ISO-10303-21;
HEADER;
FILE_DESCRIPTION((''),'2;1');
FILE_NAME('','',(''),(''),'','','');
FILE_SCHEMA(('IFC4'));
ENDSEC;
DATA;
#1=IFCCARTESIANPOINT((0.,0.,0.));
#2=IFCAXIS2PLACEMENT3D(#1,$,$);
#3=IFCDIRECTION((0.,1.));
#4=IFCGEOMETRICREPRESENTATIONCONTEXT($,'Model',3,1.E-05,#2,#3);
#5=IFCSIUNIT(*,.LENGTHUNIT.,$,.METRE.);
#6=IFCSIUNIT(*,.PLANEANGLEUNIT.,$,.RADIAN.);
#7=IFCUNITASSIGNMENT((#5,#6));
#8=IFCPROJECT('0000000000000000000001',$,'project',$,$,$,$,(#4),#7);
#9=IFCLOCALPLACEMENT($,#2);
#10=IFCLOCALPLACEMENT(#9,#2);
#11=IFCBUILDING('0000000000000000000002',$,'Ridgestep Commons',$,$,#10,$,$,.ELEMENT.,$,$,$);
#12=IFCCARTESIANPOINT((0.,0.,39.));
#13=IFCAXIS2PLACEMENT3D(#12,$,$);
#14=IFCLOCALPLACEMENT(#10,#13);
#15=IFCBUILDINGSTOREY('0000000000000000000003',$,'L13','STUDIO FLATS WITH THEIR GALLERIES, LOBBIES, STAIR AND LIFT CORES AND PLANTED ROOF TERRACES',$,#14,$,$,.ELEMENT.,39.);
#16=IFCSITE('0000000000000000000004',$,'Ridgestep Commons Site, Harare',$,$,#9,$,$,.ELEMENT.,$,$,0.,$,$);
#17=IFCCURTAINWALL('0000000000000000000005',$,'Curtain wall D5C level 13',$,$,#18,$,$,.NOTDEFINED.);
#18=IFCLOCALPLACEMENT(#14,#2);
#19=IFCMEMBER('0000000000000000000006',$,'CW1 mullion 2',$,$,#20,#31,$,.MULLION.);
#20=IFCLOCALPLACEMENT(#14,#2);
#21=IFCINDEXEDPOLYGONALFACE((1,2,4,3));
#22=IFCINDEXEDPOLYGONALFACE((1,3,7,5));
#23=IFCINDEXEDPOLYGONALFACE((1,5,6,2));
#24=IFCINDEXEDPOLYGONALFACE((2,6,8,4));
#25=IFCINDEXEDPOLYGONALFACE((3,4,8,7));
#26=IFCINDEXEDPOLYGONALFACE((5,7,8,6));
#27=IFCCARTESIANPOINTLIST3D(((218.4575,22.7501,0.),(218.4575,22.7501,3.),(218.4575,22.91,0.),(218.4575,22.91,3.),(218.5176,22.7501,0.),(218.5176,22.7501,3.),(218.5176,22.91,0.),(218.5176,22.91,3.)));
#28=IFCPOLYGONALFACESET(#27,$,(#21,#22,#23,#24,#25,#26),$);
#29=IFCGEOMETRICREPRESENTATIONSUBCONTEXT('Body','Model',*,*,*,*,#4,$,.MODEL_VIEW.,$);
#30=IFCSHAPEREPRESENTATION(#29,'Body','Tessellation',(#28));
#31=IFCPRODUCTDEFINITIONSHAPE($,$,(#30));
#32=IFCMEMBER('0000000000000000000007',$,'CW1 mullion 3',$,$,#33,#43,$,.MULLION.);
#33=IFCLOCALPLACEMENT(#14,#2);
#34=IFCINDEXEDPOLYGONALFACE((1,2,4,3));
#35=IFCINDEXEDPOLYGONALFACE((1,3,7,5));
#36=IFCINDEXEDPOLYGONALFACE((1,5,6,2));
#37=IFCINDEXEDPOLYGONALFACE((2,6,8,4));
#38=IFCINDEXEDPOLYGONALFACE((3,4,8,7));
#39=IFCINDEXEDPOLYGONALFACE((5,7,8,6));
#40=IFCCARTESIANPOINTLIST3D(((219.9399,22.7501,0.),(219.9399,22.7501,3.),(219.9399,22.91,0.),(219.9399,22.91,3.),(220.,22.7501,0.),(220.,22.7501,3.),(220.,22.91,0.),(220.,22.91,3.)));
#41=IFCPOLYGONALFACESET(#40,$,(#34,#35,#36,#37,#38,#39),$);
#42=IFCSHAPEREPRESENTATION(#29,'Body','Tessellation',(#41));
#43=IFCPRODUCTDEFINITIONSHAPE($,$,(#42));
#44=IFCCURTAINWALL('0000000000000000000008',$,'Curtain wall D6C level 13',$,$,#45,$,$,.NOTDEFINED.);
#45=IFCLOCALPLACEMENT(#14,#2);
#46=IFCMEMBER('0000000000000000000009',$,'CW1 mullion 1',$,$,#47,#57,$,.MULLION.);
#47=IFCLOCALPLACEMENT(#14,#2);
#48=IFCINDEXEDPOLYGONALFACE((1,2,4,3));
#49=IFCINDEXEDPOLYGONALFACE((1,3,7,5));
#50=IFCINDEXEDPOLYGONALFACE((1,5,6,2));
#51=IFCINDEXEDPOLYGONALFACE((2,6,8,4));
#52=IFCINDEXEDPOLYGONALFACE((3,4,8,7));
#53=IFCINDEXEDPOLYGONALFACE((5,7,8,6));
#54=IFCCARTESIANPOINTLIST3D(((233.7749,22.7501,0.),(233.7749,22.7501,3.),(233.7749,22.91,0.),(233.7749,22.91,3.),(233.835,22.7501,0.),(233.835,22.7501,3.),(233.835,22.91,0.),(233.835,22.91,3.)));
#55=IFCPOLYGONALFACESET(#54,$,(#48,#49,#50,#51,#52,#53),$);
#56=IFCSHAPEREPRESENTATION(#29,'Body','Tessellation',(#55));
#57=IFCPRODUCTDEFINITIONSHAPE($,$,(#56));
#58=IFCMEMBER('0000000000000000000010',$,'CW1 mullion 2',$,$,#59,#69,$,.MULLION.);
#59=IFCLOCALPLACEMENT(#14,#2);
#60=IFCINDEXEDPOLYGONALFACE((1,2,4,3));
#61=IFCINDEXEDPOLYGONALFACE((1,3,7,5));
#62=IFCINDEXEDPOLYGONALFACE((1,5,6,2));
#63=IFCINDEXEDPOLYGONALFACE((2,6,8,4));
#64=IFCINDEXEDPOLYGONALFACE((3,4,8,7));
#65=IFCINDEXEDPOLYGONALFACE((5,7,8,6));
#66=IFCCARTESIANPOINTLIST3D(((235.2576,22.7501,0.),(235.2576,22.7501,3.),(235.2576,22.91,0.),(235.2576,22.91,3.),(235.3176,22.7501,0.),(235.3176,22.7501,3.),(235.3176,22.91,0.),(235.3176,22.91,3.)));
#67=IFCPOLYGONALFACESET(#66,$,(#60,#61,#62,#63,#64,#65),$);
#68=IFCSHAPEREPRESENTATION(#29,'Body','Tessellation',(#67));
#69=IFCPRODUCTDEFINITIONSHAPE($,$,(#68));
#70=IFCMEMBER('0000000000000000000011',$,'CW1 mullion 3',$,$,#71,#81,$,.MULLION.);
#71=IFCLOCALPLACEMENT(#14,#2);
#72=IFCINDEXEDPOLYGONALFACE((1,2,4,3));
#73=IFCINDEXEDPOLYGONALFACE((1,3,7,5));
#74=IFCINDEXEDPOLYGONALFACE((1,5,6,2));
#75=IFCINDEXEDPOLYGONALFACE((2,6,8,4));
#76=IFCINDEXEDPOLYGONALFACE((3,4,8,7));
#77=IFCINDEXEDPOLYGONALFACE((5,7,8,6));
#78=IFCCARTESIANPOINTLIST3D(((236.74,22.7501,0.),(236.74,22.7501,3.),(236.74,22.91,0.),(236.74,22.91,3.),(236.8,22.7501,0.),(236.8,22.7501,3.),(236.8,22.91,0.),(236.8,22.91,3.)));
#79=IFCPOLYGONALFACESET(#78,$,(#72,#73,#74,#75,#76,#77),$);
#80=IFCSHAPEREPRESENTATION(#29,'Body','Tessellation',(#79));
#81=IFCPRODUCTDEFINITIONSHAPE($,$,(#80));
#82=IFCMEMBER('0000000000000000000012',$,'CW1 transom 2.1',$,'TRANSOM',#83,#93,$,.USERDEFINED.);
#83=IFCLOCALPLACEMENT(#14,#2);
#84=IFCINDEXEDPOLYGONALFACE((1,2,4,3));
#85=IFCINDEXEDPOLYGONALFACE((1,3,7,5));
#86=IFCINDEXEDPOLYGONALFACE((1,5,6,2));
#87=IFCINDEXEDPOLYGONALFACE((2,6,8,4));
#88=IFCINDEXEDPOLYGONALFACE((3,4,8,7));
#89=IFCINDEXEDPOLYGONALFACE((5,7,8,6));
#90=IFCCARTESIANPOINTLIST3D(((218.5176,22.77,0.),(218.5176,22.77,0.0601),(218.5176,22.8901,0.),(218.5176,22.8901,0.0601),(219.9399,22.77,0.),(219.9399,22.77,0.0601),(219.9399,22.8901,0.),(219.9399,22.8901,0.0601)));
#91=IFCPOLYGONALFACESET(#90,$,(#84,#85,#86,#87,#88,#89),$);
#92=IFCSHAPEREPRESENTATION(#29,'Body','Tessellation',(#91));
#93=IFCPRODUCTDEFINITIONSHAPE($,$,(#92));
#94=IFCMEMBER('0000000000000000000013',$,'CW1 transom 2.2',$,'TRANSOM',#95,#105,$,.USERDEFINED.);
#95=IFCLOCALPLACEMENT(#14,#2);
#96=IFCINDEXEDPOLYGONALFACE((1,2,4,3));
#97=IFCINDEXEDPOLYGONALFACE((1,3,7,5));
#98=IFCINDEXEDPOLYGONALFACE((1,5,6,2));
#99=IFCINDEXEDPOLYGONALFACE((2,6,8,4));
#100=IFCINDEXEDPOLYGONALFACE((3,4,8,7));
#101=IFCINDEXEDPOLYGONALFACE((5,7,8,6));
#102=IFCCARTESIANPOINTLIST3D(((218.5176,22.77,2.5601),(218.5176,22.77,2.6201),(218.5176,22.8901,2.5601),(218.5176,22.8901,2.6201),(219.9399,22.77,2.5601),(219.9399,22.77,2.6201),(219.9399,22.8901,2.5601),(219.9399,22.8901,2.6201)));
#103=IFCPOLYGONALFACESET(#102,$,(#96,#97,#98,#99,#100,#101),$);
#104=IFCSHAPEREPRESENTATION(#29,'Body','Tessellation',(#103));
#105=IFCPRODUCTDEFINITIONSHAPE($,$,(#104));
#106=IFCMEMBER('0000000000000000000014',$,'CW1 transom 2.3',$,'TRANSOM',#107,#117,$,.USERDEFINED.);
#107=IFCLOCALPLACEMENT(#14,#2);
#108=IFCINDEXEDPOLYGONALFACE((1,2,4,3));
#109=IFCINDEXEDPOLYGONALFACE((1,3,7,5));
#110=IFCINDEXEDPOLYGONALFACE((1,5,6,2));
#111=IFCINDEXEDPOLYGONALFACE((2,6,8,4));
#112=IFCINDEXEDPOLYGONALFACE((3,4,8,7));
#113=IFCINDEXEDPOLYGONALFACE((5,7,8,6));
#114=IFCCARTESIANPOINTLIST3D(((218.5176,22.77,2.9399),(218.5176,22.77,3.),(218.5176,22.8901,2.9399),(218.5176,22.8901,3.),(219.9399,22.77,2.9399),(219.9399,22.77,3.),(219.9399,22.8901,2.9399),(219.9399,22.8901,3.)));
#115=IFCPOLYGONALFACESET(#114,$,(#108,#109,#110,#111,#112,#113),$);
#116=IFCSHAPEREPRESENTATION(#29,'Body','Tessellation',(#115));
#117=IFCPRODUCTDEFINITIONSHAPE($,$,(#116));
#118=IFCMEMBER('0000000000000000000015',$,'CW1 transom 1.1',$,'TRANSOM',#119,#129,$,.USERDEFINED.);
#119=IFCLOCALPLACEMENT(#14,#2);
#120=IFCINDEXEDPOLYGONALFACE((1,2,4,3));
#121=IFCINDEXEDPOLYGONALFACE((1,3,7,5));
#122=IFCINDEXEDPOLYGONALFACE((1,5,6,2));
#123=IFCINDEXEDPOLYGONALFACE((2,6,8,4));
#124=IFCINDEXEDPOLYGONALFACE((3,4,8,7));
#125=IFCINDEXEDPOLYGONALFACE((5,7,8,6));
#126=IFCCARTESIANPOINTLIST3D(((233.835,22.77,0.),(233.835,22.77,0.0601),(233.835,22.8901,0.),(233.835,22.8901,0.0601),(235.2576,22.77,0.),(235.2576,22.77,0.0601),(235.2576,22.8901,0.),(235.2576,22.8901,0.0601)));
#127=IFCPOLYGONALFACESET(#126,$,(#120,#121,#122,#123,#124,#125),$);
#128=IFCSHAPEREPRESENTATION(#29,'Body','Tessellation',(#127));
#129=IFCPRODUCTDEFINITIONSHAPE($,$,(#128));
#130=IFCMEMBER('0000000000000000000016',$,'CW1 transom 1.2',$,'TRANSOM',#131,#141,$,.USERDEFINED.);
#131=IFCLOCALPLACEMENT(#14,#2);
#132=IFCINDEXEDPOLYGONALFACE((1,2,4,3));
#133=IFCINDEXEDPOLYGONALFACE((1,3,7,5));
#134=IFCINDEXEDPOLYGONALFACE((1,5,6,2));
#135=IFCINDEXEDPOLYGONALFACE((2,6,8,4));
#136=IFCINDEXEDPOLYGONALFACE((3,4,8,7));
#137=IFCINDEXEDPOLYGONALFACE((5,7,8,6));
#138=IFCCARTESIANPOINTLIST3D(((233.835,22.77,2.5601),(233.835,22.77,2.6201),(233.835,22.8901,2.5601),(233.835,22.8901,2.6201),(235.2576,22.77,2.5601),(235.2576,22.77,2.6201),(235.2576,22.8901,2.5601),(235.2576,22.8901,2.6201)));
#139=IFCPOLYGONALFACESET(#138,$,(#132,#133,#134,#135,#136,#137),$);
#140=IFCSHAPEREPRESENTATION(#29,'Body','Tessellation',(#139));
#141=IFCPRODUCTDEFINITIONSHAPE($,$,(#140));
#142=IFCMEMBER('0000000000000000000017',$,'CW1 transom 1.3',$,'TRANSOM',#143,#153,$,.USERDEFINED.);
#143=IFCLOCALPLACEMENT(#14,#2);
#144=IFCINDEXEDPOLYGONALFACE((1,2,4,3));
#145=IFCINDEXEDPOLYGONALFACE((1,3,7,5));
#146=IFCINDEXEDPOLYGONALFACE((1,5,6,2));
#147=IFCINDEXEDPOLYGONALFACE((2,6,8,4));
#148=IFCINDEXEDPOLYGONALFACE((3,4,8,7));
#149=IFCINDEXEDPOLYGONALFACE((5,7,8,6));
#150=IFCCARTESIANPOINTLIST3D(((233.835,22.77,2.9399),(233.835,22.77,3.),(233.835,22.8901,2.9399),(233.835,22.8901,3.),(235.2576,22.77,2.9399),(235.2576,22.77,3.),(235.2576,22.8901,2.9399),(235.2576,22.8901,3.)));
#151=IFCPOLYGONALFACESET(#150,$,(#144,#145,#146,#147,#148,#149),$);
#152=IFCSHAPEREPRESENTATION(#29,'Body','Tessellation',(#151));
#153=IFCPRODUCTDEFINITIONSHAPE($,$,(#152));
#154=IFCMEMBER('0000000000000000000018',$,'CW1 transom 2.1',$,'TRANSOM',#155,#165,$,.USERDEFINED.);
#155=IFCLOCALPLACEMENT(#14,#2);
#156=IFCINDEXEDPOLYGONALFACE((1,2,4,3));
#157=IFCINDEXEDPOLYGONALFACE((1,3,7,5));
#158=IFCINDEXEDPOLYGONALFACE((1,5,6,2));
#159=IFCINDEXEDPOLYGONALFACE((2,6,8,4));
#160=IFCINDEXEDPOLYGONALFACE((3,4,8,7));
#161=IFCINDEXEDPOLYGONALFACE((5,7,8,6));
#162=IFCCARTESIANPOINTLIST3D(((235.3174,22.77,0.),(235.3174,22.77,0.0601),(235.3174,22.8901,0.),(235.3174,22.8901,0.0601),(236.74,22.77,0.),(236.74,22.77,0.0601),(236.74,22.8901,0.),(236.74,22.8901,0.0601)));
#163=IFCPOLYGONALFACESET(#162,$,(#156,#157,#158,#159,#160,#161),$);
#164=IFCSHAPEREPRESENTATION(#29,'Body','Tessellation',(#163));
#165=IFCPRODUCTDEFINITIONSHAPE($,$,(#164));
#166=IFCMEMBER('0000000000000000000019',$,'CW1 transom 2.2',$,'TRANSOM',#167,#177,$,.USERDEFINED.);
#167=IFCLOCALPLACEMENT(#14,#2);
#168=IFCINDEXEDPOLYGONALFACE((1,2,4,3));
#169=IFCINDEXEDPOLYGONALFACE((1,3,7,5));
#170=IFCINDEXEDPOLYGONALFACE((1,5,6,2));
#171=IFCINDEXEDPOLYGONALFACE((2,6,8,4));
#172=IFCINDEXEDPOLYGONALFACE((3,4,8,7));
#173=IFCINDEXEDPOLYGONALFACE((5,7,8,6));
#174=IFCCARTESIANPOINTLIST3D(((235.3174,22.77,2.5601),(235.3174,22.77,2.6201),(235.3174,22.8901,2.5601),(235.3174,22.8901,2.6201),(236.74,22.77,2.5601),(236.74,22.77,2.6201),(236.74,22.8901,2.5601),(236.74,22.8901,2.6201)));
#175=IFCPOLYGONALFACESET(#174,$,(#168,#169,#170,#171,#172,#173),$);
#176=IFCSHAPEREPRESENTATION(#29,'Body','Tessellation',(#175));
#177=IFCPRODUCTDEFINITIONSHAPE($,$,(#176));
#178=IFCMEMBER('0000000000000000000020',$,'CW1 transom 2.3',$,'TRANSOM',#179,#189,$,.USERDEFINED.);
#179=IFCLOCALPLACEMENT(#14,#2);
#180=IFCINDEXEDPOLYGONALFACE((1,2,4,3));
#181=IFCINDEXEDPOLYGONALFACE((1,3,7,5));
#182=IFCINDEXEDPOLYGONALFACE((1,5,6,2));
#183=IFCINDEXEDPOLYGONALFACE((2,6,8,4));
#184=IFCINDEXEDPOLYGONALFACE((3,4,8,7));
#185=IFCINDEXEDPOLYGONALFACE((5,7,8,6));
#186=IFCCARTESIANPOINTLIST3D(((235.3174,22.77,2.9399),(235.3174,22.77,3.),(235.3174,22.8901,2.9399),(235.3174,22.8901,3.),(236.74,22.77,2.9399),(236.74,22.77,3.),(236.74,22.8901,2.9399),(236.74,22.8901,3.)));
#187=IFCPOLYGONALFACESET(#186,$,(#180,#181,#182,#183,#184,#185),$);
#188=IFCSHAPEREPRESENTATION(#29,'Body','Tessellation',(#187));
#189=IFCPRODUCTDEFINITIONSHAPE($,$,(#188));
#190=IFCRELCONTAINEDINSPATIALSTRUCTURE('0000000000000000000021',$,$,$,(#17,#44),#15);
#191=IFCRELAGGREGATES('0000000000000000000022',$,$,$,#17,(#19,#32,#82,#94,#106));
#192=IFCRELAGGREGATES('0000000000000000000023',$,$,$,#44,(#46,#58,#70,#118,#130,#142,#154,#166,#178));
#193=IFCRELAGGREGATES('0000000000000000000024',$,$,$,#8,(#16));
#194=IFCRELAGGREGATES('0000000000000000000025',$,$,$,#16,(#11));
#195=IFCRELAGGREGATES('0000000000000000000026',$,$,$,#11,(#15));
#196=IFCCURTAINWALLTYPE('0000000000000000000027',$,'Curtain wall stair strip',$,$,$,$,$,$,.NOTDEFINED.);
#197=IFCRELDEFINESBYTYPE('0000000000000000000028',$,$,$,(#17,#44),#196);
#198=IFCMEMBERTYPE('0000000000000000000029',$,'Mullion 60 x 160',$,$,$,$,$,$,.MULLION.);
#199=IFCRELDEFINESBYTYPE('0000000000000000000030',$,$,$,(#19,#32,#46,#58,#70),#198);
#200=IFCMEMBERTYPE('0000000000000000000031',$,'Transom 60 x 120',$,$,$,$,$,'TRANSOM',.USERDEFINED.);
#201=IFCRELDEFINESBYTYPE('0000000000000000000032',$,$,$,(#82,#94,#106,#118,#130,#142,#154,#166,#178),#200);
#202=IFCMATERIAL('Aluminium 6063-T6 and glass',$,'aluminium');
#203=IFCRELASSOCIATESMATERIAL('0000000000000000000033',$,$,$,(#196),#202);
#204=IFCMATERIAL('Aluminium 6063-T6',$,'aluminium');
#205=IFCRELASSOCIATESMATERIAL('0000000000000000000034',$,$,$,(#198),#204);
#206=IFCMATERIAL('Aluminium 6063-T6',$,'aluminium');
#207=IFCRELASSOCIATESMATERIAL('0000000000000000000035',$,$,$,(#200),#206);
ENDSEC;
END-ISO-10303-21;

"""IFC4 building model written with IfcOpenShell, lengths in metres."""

from ifc_helpers import new_model, si_unit, direction, frame, origin, origin_2d, place, context, subcontext, project, spatial, rectangle, extrude, material, material_profile, profile_set, type_object, element, aggregate, save


model = new_model("IFC4")

# Units and contexts
model_context = context("Model", 3, precision=1e-05, world=origin(), true_north=direction((0.0, 1.0)))
body_context = subcontext(model_context, "Body", "Model", "MODEL_VIEW")
ifc_project = project(units=[si_unit("LENGTHUNIT", "METRE"), si_unit("PLANEANGLEUNIT", "RADIAN")], contexts=[model_context])

# Site, building, storey
site_placement = place(None, origin())
site = spatial("IfcSite", under=ifc_project, at=site_placement, Name="Ridgestep Commons Site, Harare", CompositionType="ELEMENT", RefElevation=0.0)
building_placement = place(site_placement, origin())
building = spatial("IfcBuilding", under=site, at=building_placement, Name="Ridgestep Commons", CompositionType="ELEMENT")
storey_placement = place(building_placement, frame((0.0, 0.0, 39.0)))
storey = spatial("IfcBuildingStorey", under=building, at=storey_placement, Name="L13", Description="STUDIO FLATS WITH THEIR GALLERIES, LOBBIES, STAIR AND LIFT CORES AND PLANTED ROOF TERRACES", CompositionType="ELEMENT", Elevation=39.0)

# Curtain walls, members
ifc_material_1 = material(Name="Aluminium 6063-T6 and glass", Category="aluminium")
curtain_wall_type = type_object("IfcCurtainWallType", Name="Curtain wall stair strip", PredefinedType="NOTDEFINED", material=ifc_material_1)
curtain_wall_1_placement = place(storey_placement, origin())
curtain_wall_1 = element("IfcCurtainWall", 1, at=curtain_wall_1_placement, inside=storey, type_object=curtain_wall_type, Name="Curtain wall D5C level 13", PredefinedType="NOTDEFINED")
ifc_material_2 = material(Name="Aluminium 6063-T6", Category="aluminium")
ifc_material_profile_1 = material_profile(ifc_material_2, rectangle(XDim=0.1599, YDim=0.0601, at=origin_2d()), Name="Mullion 60 x 160")
ifc_profile_set_1 = profile_set([ifc_material_profile_1], Name="Aluminium 6063-T6")
member_type_1 = type_object("IfcMemberType", Name="Mullion 60 x 160", PredefinedType="MULLION", material=ifc_profile_set_1)
member_1_placement = place(storey_placement, frame((218.4875, 22.8301, 0.0), z_axis=(0.0, 0.0, 1.0), x_axis=(0.0, 1.0, 0.0)))
member_1 = element("IfcMember", 2, at=member_1_placement, type_object=member_type_1, Name="CW1 mullion 2", PredefinedType="MULLION", context=body_context, shape_type="SweptSolid", body=[
    extrude(rectangle(XDim=0.1599, YDim=0.0601, at=origin_2d()), origin(), (0.0, 0.0, 1.0), 3.0),
])
member_2_placement = place(storey_placement, frame((219.97, 22.8301, 0.0), z_axis=(0.0, 0.0, 1.0), x_axis=(0.0, 1.0, 0.0)))
member_2 = element("IfcMember", 3, at=member_2_placement, type_object=member_type_1, Name="CW1 mullion 3", PredefinedType="MULLION", context=body_context, shape_type="SweptSolid", body=[
    extrude(rectangle(XDim=0.1599, YDim=0.0601, at=origin_2d()), origin(), (0.0, 0.0, 1.0), 3.0),
])
curtain_wall_2_placement = place(storey_placement, origin())
curtain_wall_2 = element("IfcCurtainWall", 4, at=curtain_wall_2_placement, inside=storey, type_object=curtain_wall_type, Name="Curtain wall D6C level 13", PredefinedType="NOTDEFINED")
member_3_placement = place(storey_placement, frame((233.8049, 22.8301, 0.0), z_axis=(0.0, 0.0, 1.0), x_axis=(0.0, 1.0, 0.0)))
member_3 = element("IfcMember", 5, at=member_3_placement, type_object=member_type_1, Name="CW1 mullion 1", PredefinedType="MULLION", context=body_context, shape_type="SweptSolid", body=[
    extrude(rectangle(XDim=0.1599, YDim=0.0601, at=origin_2d()), origin(), (0.0, 0.0, 1.0), 3.0),
])
member_4_placement = place(storey_placement, frame((235.2876, 22.8301, 0.0), z_axis=(0.0, 0.0, 1.0), x_axis=(0.0, 1.0, 0.0)))
member_4 = element("IfcMember", 6, at=member_4_placement, type_object=member_type_1, Name="CW1 mullion 2", PredefinedType="MULLION", context=body_context, shape_type="SweptSolid", body=[
    extrude(rectangle(XDim=0.1599, YDim=0.0601, at=origin_2d()), origin(), (0.0, 0.0, 1.0), 3.0),
])
member_5_placement = place(storey_placement, frame((236.77, 22.8301, 0.0), z_axis=(0.0, 0.0, 1.0), x_axis=(0.0, 1.0, 0.0)))
member_5 = element("IfcMember", 7, at=member_5_placement, type_object=member_type_1, Name="CW1 mullion 3", PredefinedType="MULLION", context=body_context, shape_type="SweptSolid", body=[
    extrude(rectangle(XDim=0.1599, YDim=0.0601, at=origin_2d()), origin(), (0.0, 0.0, 1.0), 3.0),
])

# Members
ifc_material_3 = material(Name="Aluminium 6063-T6", Category="aluminium")
ifc_material_profile_2 = material_profile(ifc_material_3, rectangle(XDim=0.1201, YDim=0.0601, at=origin_2d()), Name="Transom 60 x 120")
ifc_profile_set_2 = profile_set([ifc_material_profile_2], Name="Aluminium 6063-T6")
member_type_2 = type_object("IfcMemberType", Name="Transom 60 x 120", ElementType="TRANSOM", PredefinedType="USERDEFINED", material=ifc_profile_set_2)
member_6_placement = place(storey_placement, frame((218.5176, 22.8301, 0.03), z_axis=(1.0, 0.0, 0.0), x_axis=(0.0, 1.0, 0.0)))
member_6 = element("IfcMember", 8, at=member_6_placement, type_object=member_type_2, Name="CW1 transom 2.1", ObjectType="TRANSOM", PredefinedType="USERDEFINED", context=body_context, shape_type="SweptSolid", body=[
    extrude(rectangle(XDim=0.1201, YDim=0.0601, at=origin_2d()), origin(), (0.0, 0.0, 1.0), 1.4224),
])
member_7_placement = place(storey_placement, frame((218.5176, 22.8301, 2.5901), z_axis=(1.0, 0.0, 0.0), x_axis=(0.0, 1.0, 0.0)))
member_7 = element("IfcMember", 9, at=member_7_placement, type_object=member_type_2, Name="CW1 transom 2.2", ObjectType="TRANSOM", PredefinedType="USERDEFINED", context=body_context, shape_type="SweptSolid", body=[
    extrude(rectangle(XDim=0.1201, YDim=0.0601, at=origin_2d()), origin(), (0.0, 0.0, 1.0), 1.4224),
])
member_8_placement = place(storey_placement, frame((218.5176, 22.8301, 2.97), z_axis=(1.0, 0.0, 0.0), x_axis=(0.0, 1.0, 0.0)))
member_8 = element("IfcMember", 10, at=member_8_placement, type_object=member_type_2, Name="CW1 transom 2.3", ObjectType="TRANSOM", PredefinedType="USERDEFINED", context=body_context, shape_type="SweptSolid", body=[
    extrude(rectangle(XDim=0.1201, YDim=0.0601, at=origin_2d()), origin(), (0.0, 0.0, 1.0), 1.4224),
])
member_9_placement = place(storey_placement, frame((233.835, 22.8301, 0.03), z_axis=(1.0, 0.0, 0.0), x_axis=(0.0, 1.0, 0.0)))
member_9 = element("IfcMember", 11, at=member_9_placement, type_object=member_type_2, Name="CW1 transom 1.1", ObjectType="TRANSOM", PredefinedType="USERDEFINED", context=body_context, shape_type="SweptSolid", body=[
    extrude(rectangle(XDim=0.1201, YDim=0.0601, at=origin_2d()), origin(), (0.0, 0.0, 1.0), 1.4226),
])
member_10_placement = place(storey_placement, frame((233.835, 22.8301, 2.5901), z_axis=(1.0, 0.0, 0.0), x_axis=(0.0, 1.0, 0.0)))
member_10 = element("IfcMember", 12, at=member_10_placement, type_object=member_type_2, Name="CW1 transom 1.2", ObjectType="TRANSOM", PredefinedType="USERDEFINED", context=body_context, shape_type="SweptSolid", body=[
    extrude(rectangle(XDim=0.1201, YDim=0.0601, at=origin_2d()), origin(), (0.0, 0.0, 1.0), 1.4226),
])
member_11_placement = place(storey_placement, frame((233.835, 22.8301, 2.97), z_axis=(1.0, 0.0, 0.0), x_axis=(0.0, 1.0, 0.0)))
member_11 = element("IfcMember", 13, at=member_11_placement, type_object=member_type_2, Name="CW1 transom 1.3", ObjectType="TRANSOM", PredefinedType="USERDEFINED", context=body_context, shape_type="SweptSolid", body=[
    extrude(rectangle(XDim=0.1201, YDim=0.0601, at=origin_2d()), origin(), (0.0, 0.0, 1.0), 1.4226),
])
member_12_placement = place(storey_placement, frame((235.3174, 22.8301, 0.03), z_axis=(1.0, 0.0, 0.0), x_axis=(0.0, 1.0, 0.0)))
member_12 = element("IfcMember", 14, at=member_12_placement, type_object=member_type_2, Name="CW1 transom 2.1", ObjectType="TRANSOM", PredefinedType="USERDEFINED", context=body_context, shape_type="SweptSolid", body=[
    extrude(rectangle(XDim=0.1201, YDim=0.0601, at=origin_2d()), origin(), (0.0, 0.0, 1.0), 1.4226),
])
member_13_placement = place(storey_placement, frame((235.3174, 22.8301, 2.5901), z_axis=(1.0, 0.0, 0.0), x_axis=(0.0, 1.0, 0.0)))
member_13 = element("IfcMember", 15, at=member_13_placement, type_object=member_type_2, Name="CW1 transom 2.2", ObjectType="TRANSOM", PredefinedType="USERDEFINED", context=body_context, shape_type="SweptSolid", body=[
    extrude(rectangle(XDim=0.1201, YDim=0.0601, at=origin_2d()), origin(), (0.0, 0.0, 1.0), 1.4226),
])
member_14_placement = place(storey_placement, frame((235.3174, 22.8301, 2.97), z_axis=(1.0, 0.0, 0.0), x_axis=(0.0, 1.0, 0.0)))
member_14 = element("IfcMember", 16, at=member_14_placement, type_object=member_type_2, Name="CW1 transom 2.3", ObjectType="TRANSOM", PredefinedType="USERDEFINED", context=body_context, shape_type="SweptSolid", body=[
    extrude(rectangle(XDim=0.1201, YDim=0.0601, at=origin_2d()), origin(), (0.0, 0.0, 1.0), 1.4226),
])

aggregate(curtain_wall_1, [member_1, member_2, member_6, member_7, member_8])
aggregate(curtain_wall_2, [member_3, member_4, member_5, member_9, member_10, member_11, member_12, member_13, member_14])

save(model, "model.ifc")
